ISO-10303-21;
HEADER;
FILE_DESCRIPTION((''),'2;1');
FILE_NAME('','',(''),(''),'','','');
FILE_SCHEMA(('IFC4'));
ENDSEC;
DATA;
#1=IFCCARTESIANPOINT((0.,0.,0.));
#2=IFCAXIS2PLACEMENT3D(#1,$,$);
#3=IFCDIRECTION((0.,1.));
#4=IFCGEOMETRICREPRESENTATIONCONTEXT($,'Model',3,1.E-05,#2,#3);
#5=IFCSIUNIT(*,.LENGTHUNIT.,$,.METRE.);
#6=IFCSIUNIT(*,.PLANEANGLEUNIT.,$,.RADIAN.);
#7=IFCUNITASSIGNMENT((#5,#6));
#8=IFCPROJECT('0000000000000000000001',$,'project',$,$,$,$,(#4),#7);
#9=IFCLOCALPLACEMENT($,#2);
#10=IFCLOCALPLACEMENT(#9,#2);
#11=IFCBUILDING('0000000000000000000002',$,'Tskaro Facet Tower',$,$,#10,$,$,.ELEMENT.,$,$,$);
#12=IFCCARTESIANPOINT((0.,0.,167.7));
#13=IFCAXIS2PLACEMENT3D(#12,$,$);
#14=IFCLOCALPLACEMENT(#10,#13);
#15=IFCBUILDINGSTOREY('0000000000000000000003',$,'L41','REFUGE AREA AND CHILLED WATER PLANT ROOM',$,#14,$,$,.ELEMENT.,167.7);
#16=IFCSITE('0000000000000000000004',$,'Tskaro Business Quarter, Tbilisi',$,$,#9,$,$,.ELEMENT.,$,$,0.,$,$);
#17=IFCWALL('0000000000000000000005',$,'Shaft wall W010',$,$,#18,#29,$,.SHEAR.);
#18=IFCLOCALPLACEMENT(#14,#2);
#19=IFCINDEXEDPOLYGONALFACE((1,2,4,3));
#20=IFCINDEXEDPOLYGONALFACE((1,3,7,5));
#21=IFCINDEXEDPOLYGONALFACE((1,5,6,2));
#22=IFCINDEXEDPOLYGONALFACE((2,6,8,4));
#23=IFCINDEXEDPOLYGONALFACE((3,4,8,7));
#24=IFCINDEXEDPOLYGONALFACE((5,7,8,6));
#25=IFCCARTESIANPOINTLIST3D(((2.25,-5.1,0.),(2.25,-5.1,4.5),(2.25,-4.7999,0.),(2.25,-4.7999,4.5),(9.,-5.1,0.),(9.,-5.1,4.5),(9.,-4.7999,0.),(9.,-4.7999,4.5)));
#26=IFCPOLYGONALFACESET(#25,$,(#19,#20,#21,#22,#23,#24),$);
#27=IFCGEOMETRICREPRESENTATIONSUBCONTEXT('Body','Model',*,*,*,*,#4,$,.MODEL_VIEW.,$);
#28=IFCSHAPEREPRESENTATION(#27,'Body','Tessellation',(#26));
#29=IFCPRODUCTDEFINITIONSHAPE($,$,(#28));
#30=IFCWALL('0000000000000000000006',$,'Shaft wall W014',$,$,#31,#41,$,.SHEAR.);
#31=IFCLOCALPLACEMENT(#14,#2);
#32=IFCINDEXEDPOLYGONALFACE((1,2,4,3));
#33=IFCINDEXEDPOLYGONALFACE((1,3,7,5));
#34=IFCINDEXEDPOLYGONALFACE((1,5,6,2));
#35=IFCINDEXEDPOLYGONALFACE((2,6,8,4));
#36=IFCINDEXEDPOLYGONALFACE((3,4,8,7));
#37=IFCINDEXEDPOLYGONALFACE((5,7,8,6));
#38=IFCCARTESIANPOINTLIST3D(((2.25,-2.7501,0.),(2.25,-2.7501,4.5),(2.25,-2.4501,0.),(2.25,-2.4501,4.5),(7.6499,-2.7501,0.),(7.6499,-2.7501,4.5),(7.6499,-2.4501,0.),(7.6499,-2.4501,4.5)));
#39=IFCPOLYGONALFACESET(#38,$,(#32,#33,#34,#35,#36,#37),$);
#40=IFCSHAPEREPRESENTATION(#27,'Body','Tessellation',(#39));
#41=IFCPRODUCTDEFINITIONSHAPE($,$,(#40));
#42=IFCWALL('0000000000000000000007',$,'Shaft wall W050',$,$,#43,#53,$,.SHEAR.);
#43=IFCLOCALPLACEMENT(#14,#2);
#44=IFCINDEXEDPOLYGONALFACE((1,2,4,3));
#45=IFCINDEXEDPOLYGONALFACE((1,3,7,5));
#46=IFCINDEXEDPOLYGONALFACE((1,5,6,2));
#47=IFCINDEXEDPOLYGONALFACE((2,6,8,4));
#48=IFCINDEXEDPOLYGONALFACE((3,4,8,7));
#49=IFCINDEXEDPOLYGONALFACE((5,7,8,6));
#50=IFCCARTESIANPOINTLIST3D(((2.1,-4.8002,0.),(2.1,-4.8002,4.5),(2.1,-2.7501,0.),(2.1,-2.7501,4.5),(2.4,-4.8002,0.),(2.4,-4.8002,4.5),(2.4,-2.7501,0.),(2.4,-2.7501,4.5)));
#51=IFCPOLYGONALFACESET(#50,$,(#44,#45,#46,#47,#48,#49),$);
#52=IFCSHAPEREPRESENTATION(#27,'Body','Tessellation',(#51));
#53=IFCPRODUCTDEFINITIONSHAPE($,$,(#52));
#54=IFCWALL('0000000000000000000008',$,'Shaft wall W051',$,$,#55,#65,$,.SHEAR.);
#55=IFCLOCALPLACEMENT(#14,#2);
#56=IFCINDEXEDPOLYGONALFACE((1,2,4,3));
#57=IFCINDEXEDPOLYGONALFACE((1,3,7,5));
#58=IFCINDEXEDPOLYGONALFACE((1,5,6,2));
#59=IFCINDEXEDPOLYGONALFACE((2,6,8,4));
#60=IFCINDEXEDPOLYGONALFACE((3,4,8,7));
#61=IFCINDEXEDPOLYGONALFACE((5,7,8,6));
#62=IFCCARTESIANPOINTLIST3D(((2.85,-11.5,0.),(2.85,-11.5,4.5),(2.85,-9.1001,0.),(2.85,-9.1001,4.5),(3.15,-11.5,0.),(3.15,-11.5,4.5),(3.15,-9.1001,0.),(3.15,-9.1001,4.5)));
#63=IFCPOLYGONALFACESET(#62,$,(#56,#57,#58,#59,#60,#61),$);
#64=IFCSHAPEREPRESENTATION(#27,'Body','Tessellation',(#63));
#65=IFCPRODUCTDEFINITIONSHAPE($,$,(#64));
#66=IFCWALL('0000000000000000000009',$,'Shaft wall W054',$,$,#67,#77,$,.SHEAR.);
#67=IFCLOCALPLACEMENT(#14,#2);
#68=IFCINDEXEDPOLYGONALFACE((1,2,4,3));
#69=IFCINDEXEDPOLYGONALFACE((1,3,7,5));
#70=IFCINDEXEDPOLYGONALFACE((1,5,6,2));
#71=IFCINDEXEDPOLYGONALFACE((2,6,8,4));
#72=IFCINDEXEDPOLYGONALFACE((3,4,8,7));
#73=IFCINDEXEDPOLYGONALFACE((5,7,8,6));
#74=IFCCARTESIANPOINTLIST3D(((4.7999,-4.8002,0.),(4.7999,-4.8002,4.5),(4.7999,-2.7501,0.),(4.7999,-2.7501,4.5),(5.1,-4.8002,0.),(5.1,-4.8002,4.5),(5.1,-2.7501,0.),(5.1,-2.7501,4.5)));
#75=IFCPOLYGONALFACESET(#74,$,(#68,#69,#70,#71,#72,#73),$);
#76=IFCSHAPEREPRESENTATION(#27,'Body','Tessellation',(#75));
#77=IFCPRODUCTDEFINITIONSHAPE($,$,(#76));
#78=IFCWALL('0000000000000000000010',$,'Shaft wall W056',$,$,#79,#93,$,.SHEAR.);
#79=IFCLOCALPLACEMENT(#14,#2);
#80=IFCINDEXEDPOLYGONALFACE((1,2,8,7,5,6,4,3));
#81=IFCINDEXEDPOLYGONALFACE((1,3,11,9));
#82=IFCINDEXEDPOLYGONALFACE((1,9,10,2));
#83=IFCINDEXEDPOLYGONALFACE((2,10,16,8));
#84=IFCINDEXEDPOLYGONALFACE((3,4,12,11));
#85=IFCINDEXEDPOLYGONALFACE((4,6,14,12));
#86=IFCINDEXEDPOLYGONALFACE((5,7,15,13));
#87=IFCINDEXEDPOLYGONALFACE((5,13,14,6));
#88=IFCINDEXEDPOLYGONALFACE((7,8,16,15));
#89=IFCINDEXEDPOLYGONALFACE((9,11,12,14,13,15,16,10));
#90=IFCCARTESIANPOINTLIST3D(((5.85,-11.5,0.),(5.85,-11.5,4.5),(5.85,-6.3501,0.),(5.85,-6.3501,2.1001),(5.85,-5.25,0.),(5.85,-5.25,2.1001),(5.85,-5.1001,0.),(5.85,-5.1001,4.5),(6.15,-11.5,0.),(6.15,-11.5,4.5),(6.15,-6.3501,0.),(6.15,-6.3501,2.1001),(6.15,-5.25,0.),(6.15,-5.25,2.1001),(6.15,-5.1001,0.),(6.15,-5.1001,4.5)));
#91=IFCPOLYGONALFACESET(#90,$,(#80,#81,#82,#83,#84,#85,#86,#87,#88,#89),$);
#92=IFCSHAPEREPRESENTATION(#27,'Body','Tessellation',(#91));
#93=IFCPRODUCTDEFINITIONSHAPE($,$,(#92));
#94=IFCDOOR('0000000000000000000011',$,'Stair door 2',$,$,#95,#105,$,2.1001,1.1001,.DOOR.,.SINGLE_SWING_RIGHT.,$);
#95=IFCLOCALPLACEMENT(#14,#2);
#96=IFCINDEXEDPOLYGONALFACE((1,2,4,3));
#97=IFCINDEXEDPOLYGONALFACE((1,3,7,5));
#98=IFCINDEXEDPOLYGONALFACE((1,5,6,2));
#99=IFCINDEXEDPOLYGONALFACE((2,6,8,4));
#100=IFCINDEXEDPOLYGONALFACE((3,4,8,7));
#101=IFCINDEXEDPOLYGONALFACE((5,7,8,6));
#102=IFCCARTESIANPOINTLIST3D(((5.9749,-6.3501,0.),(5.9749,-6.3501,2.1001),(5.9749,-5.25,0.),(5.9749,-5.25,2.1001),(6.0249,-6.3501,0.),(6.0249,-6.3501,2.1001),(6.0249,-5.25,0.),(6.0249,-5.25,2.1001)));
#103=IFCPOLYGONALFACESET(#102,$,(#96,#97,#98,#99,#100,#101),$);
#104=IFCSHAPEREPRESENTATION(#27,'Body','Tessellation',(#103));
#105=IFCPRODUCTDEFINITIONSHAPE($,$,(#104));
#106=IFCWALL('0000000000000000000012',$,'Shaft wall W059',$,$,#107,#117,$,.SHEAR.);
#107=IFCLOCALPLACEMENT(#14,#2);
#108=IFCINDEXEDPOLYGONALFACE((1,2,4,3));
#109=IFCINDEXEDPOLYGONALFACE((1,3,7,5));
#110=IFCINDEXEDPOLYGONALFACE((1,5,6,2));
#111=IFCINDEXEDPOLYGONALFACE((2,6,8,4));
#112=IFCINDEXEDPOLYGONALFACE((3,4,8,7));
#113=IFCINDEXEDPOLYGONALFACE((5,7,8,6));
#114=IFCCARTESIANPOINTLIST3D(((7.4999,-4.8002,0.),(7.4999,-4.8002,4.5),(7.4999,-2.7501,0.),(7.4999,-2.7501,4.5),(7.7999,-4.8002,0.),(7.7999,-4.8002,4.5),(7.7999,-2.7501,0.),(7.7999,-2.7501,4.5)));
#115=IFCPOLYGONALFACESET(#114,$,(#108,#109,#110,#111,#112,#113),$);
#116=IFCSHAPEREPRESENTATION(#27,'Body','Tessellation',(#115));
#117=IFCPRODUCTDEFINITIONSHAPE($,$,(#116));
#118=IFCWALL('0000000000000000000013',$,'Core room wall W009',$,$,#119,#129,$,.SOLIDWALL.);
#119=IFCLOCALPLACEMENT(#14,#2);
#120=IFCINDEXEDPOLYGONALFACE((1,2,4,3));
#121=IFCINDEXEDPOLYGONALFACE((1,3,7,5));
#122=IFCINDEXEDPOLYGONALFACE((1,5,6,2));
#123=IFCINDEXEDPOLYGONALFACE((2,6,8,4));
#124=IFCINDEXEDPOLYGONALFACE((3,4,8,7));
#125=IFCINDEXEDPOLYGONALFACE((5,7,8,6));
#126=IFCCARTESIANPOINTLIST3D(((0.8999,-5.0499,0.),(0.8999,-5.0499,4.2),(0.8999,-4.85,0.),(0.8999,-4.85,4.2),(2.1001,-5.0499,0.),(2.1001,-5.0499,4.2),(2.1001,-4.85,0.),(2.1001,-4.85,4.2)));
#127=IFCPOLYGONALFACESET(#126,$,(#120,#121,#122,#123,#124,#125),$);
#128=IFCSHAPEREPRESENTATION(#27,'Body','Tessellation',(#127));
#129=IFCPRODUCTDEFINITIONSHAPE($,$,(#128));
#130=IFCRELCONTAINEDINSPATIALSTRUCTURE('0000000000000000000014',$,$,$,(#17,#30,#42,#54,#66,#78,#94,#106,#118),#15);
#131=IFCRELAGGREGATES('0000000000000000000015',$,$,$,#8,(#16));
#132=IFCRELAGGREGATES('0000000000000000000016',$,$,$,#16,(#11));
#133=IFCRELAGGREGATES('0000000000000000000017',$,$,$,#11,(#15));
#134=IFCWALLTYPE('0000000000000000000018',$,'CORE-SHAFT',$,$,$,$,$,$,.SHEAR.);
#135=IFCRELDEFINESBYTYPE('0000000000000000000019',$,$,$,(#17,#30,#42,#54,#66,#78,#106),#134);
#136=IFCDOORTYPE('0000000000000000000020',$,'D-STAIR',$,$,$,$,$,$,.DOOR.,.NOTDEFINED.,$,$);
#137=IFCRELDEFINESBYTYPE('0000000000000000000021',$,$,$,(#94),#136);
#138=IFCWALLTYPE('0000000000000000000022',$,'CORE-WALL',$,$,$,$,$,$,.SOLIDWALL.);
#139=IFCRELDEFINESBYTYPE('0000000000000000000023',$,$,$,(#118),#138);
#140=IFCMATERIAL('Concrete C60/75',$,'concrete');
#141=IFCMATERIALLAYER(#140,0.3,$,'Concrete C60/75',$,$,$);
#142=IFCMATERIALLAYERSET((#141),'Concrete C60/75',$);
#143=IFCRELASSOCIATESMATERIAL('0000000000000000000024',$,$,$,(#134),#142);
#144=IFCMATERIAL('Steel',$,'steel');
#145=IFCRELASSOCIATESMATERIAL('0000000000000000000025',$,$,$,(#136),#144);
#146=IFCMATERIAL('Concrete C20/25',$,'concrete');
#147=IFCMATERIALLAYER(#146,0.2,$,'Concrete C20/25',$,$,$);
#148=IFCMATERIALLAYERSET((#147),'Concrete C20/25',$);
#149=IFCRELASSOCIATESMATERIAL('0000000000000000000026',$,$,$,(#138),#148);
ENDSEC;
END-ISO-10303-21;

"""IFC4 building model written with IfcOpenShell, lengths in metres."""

from ifc_helpers import new_model, si_unit, direction, frame, frame_2d, origin, place, context, subcontext, project, spatial, rectangle, extrude, material, layer, layer_set, type_object, element, fill, save


model = new_model("IFC4")

# Units and contexts
model_context = context("Model", 3, precision=1e-05, world=origin(), true_north=direction((0.0, 1.0)))
body_context = subcontext(model_context, "Body", "Model", "MODEL_VIEW")
ifc_project = project(units=[si_unit("LENGTHUNIT", "METRE"), si_unit("PLANEANGLEUNIT", "RADIAN")], contexts=[model_context])

# Site, building, storey
site_placement = place(None, origin())
site = spatial("IfcSite", under=ifc_project, at=site_placement, Name="Tskaro Business Quarter, Tbilisi", CompositionType="ELEMENT", RefElevation=0.0)
building_placement = place(site_placement, origin())
building = spatial("IfcBuilding", under=site, at=building_placement, Name="Tskaro Facet Tower", CompositionType="ELEMENT")
storey_placement = place(building_placement, frame((0.0, 0.0, 167.7)))
storey = spatial("IfcBuildingStorey", under=building, at=storey_placement, Name="L41", Description="REFUGE AREA AND CHILLED WATER PLANT ROOM", CompositionType="ELEMENT", Elevation=167.7)

# Walls
ifc_material_1 = material(Name="Concrete C60/75", Category="concrete")
ifc_layer_1 = layer(ifc_material_1, 0.3, Name="Concrete C60/75")
ifc_layer_set_1 = layer_set([ifc_layer_1], Name="Concrete C60/75")
wall_type_1 = type_object("IfcWallType", Name="CORE-SHAFT", PredefinedType="SHEAR", material=ifc_layer_set_1)
wall_1_placement = place(storey_placement, frame((2.25, -4.95, 0.0), z_axis=(0.0, 0.0, 1.0), x_axis=(1.0, 0.0, 0.0)))
element("IfcWall", 1, at=wall_1_placement, inside=storey, type_object=wall_type_1, Name="Shaft wall W010", PredefinedType="SHEAR", context=body_context, shape_type="SweptSolid", body=[
    extrude(rectangle(XDim=6.75, YDim=0.3, at=frame_2d((3.375, 0.0))), origin(), (0.0, 0.0, 1.0), 4.5),
])
wall_2_placement = place(storey_placement, frame((2.25, -2.6001, 0.0), z_axis=(0.0, 0.0, 1.0), x_axis=(1.0, 0.0, 0.0)))
element("IfcWall", 2, at=wall_2_placement, inside=storey, type_object=wall_type_1, Name="Shaft wall W014", PredefinedType="SHEAR", context=body_context, shape_type="SweptSolid", body=[
    extrude(rectangle(XDim=5.3999, YDim=0.3, at=frame_2d((2.7, 0.0))), origin(), (0.0, 0.0, 1.0), 4.5),
])
wall_3_placement = place(storey_placement, frame((2.25, -4.8, 0.0), z_axis=(0.0, 0.0, 1.0), x_axis=(0.0, 1.0, 0.0)))
element("IfcWall", 3, at=wall_3_placement, inside=storey, type_object=wall_type_1, Name="Shaft wall W050", PredefinedType="SHEAR", context=body_context, shape_type="SweptSolid", body=[
    extrude(rectangle(XDim=2.05, YDim=0.3, at=frame_2d((1.0249, 0.0))), origin(), (0.0, 0.0, 1.0), 4.5),
])
wall_4_placement = place(storey_placement, frame((3.0, -11.5, 0.0), z_axis=(0.0, 0.0, 1.0), x_axis=(0.0, 1.0, 0.0)))
element("IfcWall", 4, at=wall_4_placement, inside=storey, type_object=wall_type_1, Name="Shaft wall W051", PredefinedType="SHEAR", context=body_context, shape_type="SweptSolid", body=[
    extrude(rectangle(XDim=2.3999, YDim=0.3, at=frame_2d((1.2, 0.0))), origin(), (0.0, 0.0, 1.0), 4.5),
])
wall_5_placement = place(storey_placement, frame((4.95, -4.8, 0.0), z_axis=(0.0, 0.0, 1.0), x_axis=(0.0, 1.0, 0.0)))
element("IfcWall", 5, at=wall_5_placement, inside=storey, type_object=wall_type_1, Name="Shaft wall W054", PredefinedType="SHEAR", context=body_context, shape_type="SweptSolid", body=[
    extrude(rectangle(XDim=2.05, YDim=0.3, at=frame_2d((1.0249, 0.0))), origin(), (0.0, 0.0, 1.0), 4.5),
])

# Wall, opening, door
wall_6_placement = place(storey_placement, frame((6.0, -5.1001, 0.0), z_axis=(0.0, 0.0, 1.0), x_axis=(0.0, -1.0, 0.0)))
wall_6 = element("IfcWall", 6, at=wall_6_placement, inside=storey, type_object=wall_type_1, Name="Shaft wall W056", PredefinedType="SHEAR", context=body_context, shape_type="SweptSolid", body=[
    extrude(rectangle(XDim=6.3999, YDim=0.3, at=frame_2d((3.2, 0.0))), origin(), (0.0, 0.0, 1.0), 4.5),
])
opening_1_placement = place(wall_6_placement, frame((0.1499, 0.0, 0.0)))
opening_1 = element("IfcOpeningElement", 7, at=opening_1_placement, cuts=wall_6, PredefinedType="OPENING", context=body_context, shape_type="SweptSolid", body=[
    extrude(rectangle(XDim=1.1001, YDim=2.1001, at=frame_2d((0.55, 1.05))), frame((0.0, 0.1599, 0.0), z_axis=(0.0, -1.0, 0.0), x_axis=(1.0, 0.0, 0.0)), (0.0, 0.0, 1.0), 0.3201),
])
ifc_material_2 = material(Name="Steel", Category="steel")
door_type_1 = type_object("IfcDoorType", Name="D-STAIR", OperationType="NOTDEFINED", PredefinedType="DOOR", material=ifc_material_2)
door_1_placement = place(opening_1_placement, origin())
door_1 = element("IfcDoor", 8, at=door_1_placement, inside=storey, type_object=door_type_1, Name="Stair door 2", OperationType="SINGLE_SWING_RIGHT", OverallHeight=2.1001, OverallWidth=1.1001, PredefinedType="DOOR", context=body_context, shape_type="SweptSolid", body=[
    extrude(rectangle(XDim=1.1001, YDim=2.1001, at=frame_2d((0.55, 1.05))), frame((0.0, 0.0249, 0.0), z_axis=(0.0, -1.0, 0.0), x_axis=(1.0, 0.0, 0.0)), (0.0, 0.0, 1.0), 0.05),
])
fill(opening_1, door_1)

# Walls
wall_7_placement = place(storey_placement, frame((7.6499, -4.8, 0.0), z_axis=(0.0, 0.0, 1.0), x_axis=(0.0, 1.0, 0.0)))
element("IfcWall", 9, at=wall_7_placement, inside=storey, type_object=wall_type_1, Name="Shaft wall W059", PredefinedType="SHEAR", context=body_context, shape_type="SweptSolid", body=[
    extrude(rectangle(XDim=2.05, YDim=0.3, at=frame_2d((1.0249, 0.0))), origin(), (0.0, 0.0, 1.0), 4.5),
])
ifc_material_3 = material(Name="Concrete C20/25", Category="concrete")
ifc_layer_2 = layer(ifc_material_3, 0.2, Name="Concrete C20/25")
ifc_layer_set_2 = layer_set([ifc_layer_2], Name="Concrete C20/25")
wall_type_2 = type_object("IfcWallType", Name="CORE-WALL", PredefinedType="SOLIDWALL", material=ifc_layer_set_2)
wall_8_placement = place(storey_placement, frame((0.8999, -4.95, 0.0), z_axis=(0.0, 0.0, 1.0), x_axis=(1.0, 0.0, 0.0)))
element("IfcWall", 10, at=wall_8_placement, inside=storey, type_object=wall_type_2, Name="Core room wall W009", PredefinedType="SOLIDWALL", context=body_context, shape_type="SweptSolid", body=[
    extrude(rectangle(XDim=1.2002, YDim=0.2, at=frame_2d((0.6001, 0.0))), origin(), (0.0, 0.0, 1.0), 4.2),
])

save(model, "model.ifc")
